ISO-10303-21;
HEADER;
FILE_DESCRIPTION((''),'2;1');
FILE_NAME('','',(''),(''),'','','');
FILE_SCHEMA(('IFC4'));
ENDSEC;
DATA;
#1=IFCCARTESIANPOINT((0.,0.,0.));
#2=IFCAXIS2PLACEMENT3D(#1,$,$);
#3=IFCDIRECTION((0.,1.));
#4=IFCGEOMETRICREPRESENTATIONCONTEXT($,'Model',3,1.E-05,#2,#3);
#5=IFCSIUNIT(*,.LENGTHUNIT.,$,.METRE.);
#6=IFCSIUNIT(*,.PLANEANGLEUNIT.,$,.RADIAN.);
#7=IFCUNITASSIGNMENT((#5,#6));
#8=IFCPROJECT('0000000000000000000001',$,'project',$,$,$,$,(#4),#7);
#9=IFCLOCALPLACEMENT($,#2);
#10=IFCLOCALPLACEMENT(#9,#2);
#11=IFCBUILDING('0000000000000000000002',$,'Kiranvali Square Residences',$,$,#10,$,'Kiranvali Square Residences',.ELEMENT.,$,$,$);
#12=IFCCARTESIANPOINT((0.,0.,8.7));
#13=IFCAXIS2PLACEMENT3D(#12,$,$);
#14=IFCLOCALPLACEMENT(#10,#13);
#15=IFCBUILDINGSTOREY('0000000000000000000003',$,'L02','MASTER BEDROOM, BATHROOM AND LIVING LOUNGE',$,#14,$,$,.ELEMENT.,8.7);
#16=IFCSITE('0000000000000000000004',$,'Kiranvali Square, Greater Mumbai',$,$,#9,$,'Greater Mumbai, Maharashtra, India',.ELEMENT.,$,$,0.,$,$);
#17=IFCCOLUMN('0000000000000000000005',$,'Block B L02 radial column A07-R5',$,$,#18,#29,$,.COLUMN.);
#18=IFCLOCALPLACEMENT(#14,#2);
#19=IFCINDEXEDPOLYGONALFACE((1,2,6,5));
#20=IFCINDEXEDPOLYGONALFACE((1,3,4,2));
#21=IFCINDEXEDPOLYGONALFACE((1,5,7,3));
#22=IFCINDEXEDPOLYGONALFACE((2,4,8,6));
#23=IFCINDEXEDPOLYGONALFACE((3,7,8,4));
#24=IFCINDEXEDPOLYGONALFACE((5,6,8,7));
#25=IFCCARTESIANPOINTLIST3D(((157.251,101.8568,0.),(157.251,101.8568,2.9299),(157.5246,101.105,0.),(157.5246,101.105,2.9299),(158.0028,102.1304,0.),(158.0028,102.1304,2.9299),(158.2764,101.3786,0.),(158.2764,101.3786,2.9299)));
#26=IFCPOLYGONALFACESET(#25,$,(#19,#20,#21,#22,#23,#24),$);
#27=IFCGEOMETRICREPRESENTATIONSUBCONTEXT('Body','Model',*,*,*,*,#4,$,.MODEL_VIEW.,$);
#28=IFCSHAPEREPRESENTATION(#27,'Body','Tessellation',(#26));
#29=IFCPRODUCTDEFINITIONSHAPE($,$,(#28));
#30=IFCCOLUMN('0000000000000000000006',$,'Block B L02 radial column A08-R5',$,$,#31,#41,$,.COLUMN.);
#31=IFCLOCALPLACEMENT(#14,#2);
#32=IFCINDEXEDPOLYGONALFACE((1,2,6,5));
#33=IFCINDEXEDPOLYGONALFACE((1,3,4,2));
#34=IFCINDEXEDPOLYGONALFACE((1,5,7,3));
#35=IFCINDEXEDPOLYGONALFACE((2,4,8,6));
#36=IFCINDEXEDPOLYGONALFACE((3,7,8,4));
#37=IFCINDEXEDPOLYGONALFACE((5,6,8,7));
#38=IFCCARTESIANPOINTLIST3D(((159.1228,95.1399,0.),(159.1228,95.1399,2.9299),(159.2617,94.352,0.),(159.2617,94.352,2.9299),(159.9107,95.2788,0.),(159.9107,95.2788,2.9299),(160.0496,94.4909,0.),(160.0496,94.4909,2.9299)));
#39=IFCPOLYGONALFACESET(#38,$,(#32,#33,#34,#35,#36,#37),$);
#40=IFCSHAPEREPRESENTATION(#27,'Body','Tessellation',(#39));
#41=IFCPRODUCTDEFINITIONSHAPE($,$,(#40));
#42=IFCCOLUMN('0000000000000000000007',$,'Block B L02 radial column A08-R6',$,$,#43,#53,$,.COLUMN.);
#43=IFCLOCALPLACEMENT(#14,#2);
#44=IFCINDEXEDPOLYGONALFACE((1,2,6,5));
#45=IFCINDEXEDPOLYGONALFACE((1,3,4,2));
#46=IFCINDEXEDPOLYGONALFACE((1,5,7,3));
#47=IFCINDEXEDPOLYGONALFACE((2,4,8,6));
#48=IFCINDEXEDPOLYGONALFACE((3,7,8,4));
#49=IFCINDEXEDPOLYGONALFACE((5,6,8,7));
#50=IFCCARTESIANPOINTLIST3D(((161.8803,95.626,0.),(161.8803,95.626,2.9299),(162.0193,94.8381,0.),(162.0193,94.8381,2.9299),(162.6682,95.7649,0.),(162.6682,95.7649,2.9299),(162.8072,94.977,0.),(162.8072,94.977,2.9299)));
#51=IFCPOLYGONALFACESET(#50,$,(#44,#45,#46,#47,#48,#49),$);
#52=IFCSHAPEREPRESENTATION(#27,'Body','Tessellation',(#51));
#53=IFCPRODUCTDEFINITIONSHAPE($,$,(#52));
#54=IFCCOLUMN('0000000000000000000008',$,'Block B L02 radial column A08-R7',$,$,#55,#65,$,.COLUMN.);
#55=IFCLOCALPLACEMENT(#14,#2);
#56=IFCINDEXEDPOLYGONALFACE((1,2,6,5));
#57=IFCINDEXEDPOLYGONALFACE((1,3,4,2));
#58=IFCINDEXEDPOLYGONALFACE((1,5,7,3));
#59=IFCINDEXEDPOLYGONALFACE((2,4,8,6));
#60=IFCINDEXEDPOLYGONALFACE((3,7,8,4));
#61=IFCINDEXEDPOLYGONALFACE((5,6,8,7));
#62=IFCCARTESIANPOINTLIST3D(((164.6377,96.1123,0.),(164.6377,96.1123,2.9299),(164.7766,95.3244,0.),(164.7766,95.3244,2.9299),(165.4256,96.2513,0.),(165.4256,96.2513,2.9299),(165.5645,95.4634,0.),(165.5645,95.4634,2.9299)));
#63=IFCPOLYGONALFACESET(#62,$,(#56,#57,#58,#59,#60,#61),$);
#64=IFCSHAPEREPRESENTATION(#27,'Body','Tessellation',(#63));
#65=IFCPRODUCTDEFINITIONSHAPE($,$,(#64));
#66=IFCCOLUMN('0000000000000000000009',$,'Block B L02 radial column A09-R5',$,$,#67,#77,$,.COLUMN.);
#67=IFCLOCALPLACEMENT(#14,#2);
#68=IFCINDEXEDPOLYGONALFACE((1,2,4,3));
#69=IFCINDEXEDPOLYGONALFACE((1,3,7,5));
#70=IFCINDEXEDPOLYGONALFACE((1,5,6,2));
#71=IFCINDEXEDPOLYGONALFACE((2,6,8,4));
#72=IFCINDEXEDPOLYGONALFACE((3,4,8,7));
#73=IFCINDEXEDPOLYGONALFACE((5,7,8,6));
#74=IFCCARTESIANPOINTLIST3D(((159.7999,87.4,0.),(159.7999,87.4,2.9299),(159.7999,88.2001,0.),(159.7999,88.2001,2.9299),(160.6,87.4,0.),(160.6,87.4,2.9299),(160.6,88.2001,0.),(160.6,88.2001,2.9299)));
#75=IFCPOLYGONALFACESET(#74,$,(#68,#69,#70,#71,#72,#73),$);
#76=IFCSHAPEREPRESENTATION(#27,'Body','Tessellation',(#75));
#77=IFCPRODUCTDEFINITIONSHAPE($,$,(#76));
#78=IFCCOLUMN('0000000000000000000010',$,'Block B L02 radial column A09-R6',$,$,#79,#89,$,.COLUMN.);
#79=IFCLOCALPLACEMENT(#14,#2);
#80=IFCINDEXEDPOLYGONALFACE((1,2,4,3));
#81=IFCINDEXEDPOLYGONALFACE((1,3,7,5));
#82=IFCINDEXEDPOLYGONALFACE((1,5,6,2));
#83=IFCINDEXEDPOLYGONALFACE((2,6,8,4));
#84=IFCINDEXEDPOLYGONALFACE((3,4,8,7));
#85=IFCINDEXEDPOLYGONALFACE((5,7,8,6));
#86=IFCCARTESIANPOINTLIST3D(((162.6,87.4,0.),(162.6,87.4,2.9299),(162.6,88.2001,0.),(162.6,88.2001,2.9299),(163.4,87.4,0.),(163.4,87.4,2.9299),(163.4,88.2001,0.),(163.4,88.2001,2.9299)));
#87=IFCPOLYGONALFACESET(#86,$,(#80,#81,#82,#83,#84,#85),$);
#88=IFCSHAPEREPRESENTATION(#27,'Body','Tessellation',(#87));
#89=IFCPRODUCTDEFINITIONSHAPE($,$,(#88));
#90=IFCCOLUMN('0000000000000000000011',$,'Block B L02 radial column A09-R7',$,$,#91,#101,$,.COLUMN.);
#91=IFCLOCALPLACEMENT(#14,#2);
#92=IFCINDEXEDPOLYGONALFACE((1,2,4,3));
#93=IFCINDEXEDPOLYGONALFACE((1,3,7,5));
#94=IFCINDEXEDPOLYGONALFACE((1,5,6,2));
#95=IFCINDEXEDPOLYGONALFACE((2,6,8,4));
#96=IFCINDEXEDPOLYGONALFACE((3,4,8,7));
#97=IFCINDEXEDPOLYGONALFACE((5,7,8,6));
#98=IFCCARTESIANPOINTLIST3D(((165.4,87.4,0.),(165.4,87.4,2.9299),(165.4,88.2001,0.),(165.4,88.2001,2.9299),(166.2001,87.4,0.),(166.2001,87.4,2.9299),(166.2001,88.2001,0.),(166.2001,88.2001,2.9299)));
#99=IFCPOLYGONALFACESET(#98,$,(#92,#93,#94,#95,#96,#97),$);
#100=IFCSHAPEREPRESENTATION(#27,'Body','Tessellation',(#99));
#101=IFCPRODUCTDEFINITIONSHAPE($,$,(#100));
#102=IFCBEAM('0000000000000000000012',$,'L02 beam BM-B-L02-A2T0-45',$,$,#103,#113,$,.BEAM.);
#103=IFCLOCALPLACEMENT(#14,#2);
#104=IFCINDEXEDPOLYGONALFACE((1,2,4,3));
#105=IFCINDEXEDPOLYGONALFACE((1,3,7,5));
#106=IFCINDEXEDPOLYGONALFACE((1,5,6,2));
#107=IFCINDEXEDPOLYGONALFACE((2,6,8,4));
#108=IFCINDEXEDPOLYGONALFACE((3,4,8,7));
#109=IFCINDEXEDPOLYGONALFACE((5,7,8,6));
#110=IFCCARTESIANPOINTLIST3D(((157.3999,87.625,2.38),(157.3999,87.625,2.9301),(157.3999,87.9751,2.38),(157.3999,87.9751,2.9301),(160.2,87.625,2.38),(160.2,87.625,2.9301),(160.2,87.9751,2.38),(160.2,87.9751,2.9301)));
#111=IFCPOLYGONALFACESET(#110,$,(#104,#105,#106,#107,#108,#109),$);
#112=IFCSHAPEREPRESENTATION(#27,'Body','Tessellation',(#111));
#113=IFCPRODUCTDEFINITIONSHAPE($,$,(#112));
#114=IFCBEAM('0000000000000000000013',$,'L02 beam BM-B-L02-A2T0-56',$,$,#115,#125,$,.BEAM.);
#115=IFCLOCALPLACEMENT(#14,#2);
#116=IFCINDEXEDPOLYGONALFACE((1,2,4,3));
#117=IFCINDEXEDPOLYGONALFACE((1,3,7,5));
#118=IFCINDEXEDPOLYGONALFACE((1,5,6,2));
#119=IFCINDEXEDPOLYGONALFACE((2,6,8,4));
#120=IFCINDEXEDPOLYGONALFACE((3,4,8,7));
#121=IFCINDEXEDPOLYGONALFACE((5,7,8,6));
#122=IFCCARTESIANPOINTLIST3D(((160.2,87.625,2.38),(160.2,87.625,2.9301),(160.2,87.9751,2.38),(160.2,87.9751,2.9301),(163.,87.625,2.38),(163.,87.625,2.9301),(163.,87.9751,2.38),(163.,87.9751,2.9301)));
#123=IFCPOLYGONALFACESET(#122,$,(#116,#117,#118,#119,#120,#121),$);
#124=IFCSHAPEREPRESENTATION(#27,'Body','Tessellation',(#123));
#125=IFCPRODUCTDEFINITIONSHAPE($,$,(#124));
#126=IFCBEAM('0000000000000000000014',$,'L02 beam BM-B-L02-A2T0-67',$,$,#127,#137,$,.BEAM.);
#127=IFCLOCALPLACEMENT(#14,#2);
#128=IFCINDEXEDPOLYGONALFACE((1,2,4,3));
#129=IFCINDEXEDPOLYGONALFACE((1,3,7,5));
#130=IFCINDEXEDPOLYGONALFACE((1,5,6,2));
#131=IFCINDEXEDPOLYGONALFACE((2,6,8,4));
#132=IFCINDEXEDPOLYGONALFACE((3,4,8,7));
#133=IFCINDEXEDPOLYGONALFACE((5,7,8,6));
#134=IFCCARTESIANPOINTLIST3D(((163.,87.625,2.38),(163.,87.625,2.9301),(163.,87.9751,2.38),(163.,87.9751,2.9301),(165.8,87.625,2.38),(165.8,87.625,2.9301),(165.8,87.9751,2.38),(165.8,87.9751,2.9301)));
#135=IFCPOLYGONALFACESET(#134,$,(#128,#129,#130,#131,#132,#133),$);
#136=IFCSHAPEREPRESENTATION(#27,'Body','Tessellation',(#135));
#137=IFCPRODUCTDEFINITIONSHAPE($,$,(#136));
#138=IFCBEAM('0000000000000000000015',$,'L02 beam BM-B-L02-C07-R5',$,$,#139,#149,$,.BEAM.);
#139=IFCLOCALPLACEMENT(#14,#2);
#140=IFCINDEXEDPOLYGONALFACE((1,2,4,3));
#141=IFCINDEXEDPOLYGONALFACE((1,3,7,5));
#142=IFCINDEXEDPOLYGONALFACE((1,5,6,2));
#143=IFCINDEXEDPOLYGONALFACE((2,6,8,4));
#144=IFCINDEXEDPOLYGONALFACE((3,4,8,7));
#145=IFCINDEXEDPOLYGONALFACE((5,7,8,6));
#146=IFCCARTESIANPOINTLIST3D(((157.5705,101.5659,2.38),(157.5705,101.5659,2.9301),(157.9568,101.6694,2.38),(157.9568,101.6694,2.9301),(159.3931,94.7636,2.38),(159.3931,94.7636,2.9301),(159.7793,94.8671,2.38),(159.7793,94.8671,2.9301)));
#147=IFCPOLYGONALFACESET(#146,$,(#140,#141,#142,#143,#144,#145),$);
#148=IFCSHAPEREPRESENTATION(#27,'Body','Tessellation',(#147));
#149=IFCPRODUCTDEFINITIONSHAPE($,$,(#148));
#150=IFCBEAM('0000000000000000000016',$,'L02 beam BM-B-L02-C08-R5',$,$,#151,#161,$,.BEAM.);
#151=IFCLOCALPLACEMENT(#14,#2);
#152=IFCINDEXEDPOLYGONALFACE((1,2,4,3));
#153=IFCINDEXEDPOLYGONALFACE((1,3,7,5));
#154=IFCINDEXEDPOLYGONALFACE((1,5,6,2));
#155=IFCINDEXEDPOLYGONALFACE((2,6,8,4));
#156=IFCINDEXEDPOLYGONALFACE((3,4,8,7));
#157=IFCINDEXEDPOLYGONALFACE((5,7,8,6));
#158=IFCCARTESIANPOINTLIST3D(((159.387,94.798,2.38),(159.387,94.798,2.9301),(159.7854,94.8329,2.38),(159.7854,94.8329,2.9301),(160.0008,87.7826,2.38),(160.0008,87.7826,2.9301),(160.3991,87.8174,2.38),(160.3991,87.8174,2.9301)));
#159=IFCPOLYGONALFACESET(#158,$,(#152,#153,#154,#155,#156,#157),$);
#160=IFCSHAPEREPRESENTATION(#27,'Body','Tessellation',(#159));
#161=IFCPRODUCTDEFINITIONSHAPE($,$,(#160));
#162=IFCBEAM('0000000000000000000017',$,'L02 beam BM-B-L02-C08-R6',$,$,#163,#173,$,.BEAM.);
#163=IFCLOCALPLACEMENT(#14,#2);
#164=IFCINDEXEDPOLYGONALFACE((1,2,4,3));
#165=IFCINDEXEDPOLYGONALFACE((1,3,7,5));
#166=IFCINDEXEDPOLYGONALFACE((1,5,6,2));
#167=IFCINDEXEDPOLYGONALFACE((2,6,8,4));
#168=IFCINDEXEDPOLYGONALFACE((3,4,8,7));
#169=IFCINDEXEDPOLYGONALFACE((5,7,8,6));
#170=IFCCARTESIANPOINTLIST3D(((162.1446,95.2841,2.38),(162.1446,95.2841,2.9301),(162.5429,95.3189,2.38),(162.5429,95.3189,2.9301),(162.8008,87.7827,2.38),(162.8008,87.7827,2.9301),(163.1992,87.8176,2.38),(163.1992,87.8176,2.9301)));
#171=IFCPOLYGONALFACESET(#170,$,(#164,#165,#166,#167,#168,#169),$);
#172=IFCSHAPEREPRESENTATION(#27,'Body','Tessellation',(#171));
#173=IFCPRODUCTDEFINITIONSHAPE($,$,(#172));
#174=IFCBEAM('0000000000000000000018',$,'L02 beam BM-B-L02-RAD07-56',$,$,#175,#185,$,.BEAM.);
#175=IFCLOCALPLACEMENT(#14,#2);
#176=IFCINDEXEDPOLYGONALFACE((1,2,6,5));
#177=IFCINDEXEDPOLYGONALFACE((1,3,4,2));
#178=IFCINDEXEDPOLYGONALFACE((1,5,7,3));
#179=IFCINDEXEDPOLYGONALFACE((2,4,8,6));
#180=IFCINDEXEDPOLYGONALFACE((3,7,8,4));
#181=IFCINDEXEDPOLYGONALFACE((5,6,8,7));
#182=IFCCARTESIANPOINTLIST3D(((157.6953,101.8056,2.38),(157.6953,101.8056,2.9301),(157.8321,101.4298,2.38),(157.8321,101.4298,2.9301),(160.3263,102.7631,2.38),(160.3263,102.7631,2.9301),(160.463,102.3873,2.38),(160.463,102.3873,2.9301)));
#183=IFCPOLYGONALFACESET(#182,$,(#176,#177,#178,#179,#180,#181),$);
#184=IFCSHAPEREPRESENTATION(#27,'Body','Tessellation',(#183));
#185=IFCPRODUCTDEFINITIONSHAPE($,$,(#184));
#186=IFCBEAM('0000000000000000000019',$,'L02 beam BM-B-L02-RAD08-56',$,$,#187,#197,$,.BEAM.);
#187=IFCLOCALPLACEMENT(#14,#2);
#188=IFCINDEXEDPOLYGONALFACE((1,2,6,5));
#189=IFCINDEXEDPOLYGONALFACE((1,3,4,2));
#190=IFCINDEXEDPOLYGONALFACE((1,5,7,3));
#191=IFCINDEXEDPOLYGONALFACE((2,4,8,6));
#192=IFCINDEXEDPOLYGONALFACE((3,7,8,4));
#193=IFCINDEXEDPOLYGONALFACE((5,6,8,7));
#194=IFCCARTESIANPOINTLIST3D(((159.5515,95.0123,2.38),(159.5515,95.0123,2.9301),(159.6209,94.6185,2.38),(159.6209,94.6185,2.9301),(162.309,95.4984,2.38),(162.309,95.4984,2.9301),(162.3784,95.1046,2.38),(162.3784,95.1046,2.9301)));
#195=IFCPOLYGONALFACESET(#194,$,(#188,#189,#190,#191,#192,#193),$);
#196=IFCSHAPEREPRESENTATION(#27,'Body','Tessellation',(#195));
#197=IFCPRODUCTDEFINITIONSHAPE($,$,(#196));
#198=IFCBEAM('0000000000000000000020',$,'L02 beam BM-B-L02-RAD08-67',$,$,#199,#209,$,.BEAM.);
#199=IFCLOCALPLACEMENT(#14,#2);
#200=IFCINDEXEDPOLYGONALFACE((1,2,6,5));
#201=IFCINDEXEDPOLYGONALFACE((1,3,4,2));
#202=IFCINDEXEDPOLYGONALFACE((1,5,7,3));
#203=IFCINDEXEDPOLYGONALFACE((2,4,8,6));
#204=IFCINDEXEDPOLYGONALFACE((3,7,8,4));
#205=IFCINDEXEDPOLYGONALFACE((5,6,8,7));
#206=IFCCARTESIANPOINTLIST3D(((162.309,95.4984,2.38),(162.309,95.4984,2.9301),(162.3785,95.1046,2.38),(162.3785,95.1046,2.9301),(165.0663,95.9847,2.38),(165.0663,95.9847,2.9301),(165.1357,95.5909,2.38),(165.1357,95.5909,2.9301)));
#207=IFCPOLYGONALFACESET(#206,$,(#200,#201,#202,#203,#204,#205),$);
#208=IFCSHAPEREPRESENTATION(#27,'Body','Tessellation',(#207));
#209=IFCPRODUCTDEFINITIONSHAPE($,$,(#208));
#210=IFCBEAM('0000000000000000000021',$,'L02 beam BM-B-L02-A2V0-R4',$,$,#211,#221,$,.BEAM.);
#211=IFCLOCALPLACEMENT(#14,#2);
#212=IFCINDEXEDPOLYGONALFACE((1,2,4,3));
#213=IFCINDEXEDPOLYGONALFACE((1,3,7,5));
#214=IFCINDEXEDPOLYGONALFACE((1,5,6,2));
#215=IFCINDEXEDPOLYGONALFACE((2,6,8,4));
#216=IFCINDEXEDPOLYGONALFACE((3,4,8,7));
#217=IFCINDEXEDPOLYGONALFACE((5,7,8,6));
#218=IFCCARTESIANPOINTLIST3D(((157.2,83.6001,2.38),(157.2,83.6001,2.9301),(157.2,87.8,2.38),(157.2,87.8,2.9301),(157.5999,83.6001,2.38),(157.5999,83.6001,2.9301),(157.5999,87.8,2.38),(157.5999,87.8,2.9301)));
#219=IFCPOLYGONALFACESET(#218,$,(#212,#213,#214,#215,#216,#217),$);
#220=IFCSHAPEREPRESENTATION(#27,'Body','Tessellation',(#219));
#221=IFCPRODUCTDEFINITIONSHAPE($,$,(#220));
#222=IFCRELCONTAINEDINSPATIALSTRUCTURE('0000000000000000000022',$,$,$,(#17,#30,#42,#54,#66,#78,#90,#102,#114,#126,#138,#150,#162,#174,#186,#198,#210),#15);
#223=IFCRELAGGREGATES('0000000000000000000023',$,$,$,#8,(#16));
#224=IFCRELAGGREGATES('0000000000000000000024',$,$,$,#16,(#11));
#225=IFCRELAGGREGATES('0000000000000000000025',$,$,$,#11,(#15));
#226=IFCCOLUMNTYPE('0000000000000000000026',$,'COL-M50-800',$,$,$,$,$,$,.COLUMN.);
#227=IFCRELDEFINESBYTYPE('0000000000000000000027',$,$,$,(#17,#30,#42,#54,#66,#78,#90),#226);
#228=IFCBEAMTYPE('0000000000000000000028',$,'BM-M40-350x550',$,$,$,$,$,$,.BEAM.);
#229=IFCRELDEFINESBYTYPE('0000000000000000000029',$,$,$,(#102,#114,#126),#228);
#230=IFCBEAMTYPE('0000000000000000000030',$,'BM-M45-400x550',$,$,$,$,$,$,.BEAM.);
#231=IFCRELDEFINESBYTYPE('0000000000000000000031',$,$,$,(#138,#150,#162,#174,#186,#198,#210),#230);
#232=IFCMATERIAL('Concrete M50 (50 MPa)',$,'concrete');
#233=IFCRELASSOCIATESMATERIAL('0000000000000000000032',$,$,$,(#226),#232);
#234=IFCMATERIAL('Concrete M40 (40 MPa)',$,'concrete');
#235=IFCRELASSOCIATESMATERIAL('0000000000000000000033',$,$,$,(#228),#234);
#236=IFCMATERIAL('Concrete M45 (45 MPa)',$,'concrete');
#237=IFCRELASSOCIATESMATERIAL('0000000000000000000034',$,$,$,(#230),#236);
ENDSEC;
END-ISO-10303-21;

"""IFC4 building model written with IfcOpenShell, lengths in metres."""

from ifc_helpers import new_model, si_unit, direction, frame, origin, origin_2d, place, context, subcontext, project, spatial, rectangle, extrude, material, material_profile, profile_set, type_object, element, save


model = new_model("IFC4")

# Units and contexts
model_context = context("Model", 3, precision=1e-05, world=origin(), true_north=direction((0.0, 1.0)))
body_context = subcontext(model_context, "Body", "Model", "MODEL_VIEW")
ifc_project = project(units=[si_unit("LENGTHUNIT", "METRE"), si_unit("PLANEANGLEUNIT", "RADIAN")], contexts=[model_context])

# Site, building, storey
site_placement = place(None, origin())
site = spatial("IfcSite", under=ifc_project, at=site_placement, Name="Kiranvali Square, Greater Mumbai", LongName="Greater Mumbai, Maharashtra, India", CompositionType="ELEMENT", RefElevation=0.0)
building_placement = place(site_placement, origin())
building = spatial("IfcBuilding", under=site, at=building_placement, Name="Kiranvali Square Residences", LongName="Kiranvali Square Residences", CompositionType="ELEMENT")
storey_placement = place(building_placement, frame((0.0, 0.0, 8.7)))
storey = spatial("IfcBuildingStorey", under=building, at=storey_placement, Name="L02", Description="MASTER BEDROOM, BATHROOM AND LIVING LOUNGE", CompositionType="ELEMENT", Elevation=8.7)

# Columns
ifc_material_1 = material(Name="Concrete M50 (50 MPa)", Category="concrete")
ifc_material_profile_1 = material_profile(ifc_material_1, rectangle(XDim=0.8, YDim=0.8, at=origin_2d()), Name="RC 800x800")
ifc_profile_set_1 = profile_set([ifc_material_profile_1], Name="Concrete M50 (50 MPa)")
column_type = type_object("IfcColumnType", Name="COL-M50-800", PredefinedType="COLUMN", material=ifc_profile_set_1)
for number, where, z_axis, x_axis, name in (
    (1, (157.7637, 101.6177, 0.0), (0.0, 0.0, 1.0), (-0.34202, 0.939693, 0.0), "Block B L02 radial column A07-R5"),
    (2, (159.5862, 94.8154, 0.0), (0.0, 0.0, 1.0), (-0.173648, 0.984808, 0.0), "Block B L02 radial column A08-R5"),
    (3, (162.3438, 95.3015, 0.0), (0.0, 0.0, 1.0), (-0.173648, 0.984808, 0.0), "Block B L02 radial column A08-R6"),
    (4, (165.1011, 95.7878, 0.0), (0.0, 0.0, 1.0), (-0.173648, 0.984808, 0.0), "Block B L02 radial column A08-R7"),
    (5, (160.2, 87.8, 0.0), (0.0, 0.0, 1.0), (0.0, 1.0, 0.0), "Block B L02 radial column A09-R5"),
    (6, (163.0, 87.8, 0.0), (0.0, 0.0, 1.0), (0.0, 1.0, 0.0), "Block B L02 radial column A09-R6"),
    (7, (165.8, 87.8, 0.0), (0.0, 0.0, 1.0), (0.0, 1.0, 0.0), "Block B L02 radial column A09-R7"),
):
    element("IfcColumn", number, at=place(storey_placement, frame(where, z_axis=z_axis, x_axis=x_axis)), inside=storey, type_object=column_type, Name=name, PredefinedType="COLUMN", context=body_context, shape_type="SweptSolid", body=[
        extrude(rectangle(XDim=0.8, YDim=0.8, at=origin_2d()), origin(), (0.0, 0.0, 1.0), 2.9299),
    ])

# Beams
ifc_material_2 = material(Name="Concrete M40 (40 MPa)", Category="concrete")
ifc_material_profile_2 = material_profile(ifc_material_2, rectangle(XDim=0.3501, YDim=0.55, at=origin_2d()), Name="RC 350x550")
ifc_profile_set_2 = profile_set([ifc_material_profile_2], Name="Concrete M40 (40 MPa)")
beam_type_1 = type_object("IfcBeamType", Name="BM-M40-350x550", PredefinedType="BEAM", material=ifc_profile_set_2)
for number, where, z_axis, x_axis, name in (
    (8, (157.3999, 87.8, 2.655), (1.0, 0.0, 0.0), (0.0, 1.0, 0.0), "L02 beam BM-B-L02-A2T0-45"),
    (9, (160.2, 87.8, 2.655), (1.0, 0.0, 0.0), (0.0, 1.0, 0.0), "L02 beam BM-B-L02-A2T0-56"),
    (10, (163.0, 87.8, 2.655), (1.0, 0.0, 0.0), (0.0, 1.0, 0.0), "L02 beam BM-B-L02-A2T0-67"),
):
    element("IfcBeam", number, at=place(storey_placement, frame(where, z_axis=z_axis, x_axis=x_axis)), inside=storey, type_object=beam_type_1, Name=name, PredefinedType="BEAM", context=body_context, shape_type="SweptSolid", body=[
        extrude(rectangle(XDim=0.3501, YDim=0.55, at=origin_2d()), origin(), (0.0, 0.0, 1.0), 2.8),
    ])
ifc_material_3 = material(Name="Concrete M45 (45 MPa)", Category="concrete")
ifc_material_profile_3 = material_profile(ifc_material_3, rectangle(XDim=0.3999, YDim=0.55, at=origin_2d()), Name="RC 400x550")
ifc_profile_set_3 = profile_set([ifc_material_profile_3], Name="Concrete M45 (45 MPa)")
beam_type_2 = type_object("IfcBeamType", Name="BM-M45-400x550", PredefinedType="BEAM", material=ifc_profile_set_3)
for number, where, z_axis, x_axis, name in (
    (11, (157.7637, 101.6177, 2.655), (0.2588, -0.965931, 0.0), (0.965931, 0.2588, 0.0), "L02 beam BM-B-L02-C07-R5"),
    (12, (159.5862, 94.8154, 2.655), (0.087156, -0.996195, 0.0), (0.996195, 0.087156, 0.0), "L02 beam BM-B-L02-C08-R5"),
):
    element("IfcBeam", number, at=place(storey_placement, frame(where, z_axis=z_axis, x_axis=x_axis)), inside=storey, type_object=beam_type_2, Name=name, PredefinedType="BEAM", context=body_context, shape_type="SweptSolid", body=[
        extrude(rectangle(XDim=0.3999, YDim=0.55, at=origin_2d()), origin(), (0.0, 0.0, 1.0), 7.0422),
    ])
beam_1_placement = place(storey_placement, frame((162.3438, 95.3015, 2.655), z_axis=(0.08715, -0.996195, 0.0), x_axis=(0.996195, 0.08715, 0.0)))
element("IfcBeam", 13, at=beam_1_placement, inside=storey, type_object=beam_type_2, Name="L02 beam BM-B-L02-C08-R6", PredefinedType="BEAM", context=body_context, shape_type="SweptSolid", body=[
    extrude(rectangle(XDim=0.3999, YDim=0.55, at=origin_2d()), origin(), (0.0, 0.0, 1.0), 7.53),
])
beam_2_placement = place(storey_placement, frame((157.7637, 101.6177, 2.655), z_axis=(0.939707, 0.341981, 0.0), x_axis=(-0.341981, 0.939707, 0.0)))
element("IfcBeam", 14, at=beam_2_placement, inside=storey, type_object=beam_type_2, Name="L02 beam BM-B-L02-RAD07-56", PredefinedType="BEAM", context=body_context, shape_type="SweptSolid", body=[
    extrude(rectangle(XDim=0.3999, YDim=0.55, at=origin_2d()), origin(), (0.0, 0.0, 1.0), 2.7998),
])
beam_3_placement = place(storey_placement, frame((159.5862, 94.8154, 2.655), z_axis=(0.984817, 0.173596, 0.0), x_axis=(-0.173596, 0.984817, 0.0)))
element("IfcBeam", 15, at=beam_3_placement, inside=storey, type_object=beam_type_2, Name="L02 beam BM-B-L02-RAD08-56", PredefinedType="BEAM", context=body_context, shape_type="SweptSolid", body=[
    extrude(rectangle(XDim=0.3999, YDim=0.55, at=origin_2d()), origin(), (0.0, 0.0, 1.0), 2.8),
])
beam_4_placement = place(storey_placement, frame((162.3438, 95.3015, 2.655), z_axis=(0.984799, 0.173696, 0.0), x_axis=(-0.173696, 0.984799, 0.0)))
element("IfcBeam", 16, at=beam_4_placement, inside=storey, type_object=beam_type_2, Name="L02 beam BM-B-L02-RAD08-67", PredefinedType="BEAM", context=body_context, shape_type="SweptSolid", body=[
    extrude(rectangle(XDim=0.3999, YDim=0.55, at=origin_2d()), origin(), (0.0, 0.0, 1.0), 2.7998),
])
for number, where, z_axis, x_axis, name in (
    (17, (157.3999, 87.8, 2.655), (0.0, -1.0, 0.0), (1.0, 0.0, 0.0), "L02 beam BM-B-L02-A2V0-R4"),
):
    element("IfcBeam", number, at=place(storey_placement, frame(where, z_axis=z_axis, x_axis=x_axis)), inside=storey, type_object=beam_type_2, Name=name, PredefinedType="BEAM", context=body_context, shape_type="SweptSolid", body=[
        extrude(rectangle(XDim=0.3999, YDim=0.55, at=origin_2d()), origin(), (0.0, 0.0, 1.0), 4.2),
    ])

save(model, "model.ifc")
